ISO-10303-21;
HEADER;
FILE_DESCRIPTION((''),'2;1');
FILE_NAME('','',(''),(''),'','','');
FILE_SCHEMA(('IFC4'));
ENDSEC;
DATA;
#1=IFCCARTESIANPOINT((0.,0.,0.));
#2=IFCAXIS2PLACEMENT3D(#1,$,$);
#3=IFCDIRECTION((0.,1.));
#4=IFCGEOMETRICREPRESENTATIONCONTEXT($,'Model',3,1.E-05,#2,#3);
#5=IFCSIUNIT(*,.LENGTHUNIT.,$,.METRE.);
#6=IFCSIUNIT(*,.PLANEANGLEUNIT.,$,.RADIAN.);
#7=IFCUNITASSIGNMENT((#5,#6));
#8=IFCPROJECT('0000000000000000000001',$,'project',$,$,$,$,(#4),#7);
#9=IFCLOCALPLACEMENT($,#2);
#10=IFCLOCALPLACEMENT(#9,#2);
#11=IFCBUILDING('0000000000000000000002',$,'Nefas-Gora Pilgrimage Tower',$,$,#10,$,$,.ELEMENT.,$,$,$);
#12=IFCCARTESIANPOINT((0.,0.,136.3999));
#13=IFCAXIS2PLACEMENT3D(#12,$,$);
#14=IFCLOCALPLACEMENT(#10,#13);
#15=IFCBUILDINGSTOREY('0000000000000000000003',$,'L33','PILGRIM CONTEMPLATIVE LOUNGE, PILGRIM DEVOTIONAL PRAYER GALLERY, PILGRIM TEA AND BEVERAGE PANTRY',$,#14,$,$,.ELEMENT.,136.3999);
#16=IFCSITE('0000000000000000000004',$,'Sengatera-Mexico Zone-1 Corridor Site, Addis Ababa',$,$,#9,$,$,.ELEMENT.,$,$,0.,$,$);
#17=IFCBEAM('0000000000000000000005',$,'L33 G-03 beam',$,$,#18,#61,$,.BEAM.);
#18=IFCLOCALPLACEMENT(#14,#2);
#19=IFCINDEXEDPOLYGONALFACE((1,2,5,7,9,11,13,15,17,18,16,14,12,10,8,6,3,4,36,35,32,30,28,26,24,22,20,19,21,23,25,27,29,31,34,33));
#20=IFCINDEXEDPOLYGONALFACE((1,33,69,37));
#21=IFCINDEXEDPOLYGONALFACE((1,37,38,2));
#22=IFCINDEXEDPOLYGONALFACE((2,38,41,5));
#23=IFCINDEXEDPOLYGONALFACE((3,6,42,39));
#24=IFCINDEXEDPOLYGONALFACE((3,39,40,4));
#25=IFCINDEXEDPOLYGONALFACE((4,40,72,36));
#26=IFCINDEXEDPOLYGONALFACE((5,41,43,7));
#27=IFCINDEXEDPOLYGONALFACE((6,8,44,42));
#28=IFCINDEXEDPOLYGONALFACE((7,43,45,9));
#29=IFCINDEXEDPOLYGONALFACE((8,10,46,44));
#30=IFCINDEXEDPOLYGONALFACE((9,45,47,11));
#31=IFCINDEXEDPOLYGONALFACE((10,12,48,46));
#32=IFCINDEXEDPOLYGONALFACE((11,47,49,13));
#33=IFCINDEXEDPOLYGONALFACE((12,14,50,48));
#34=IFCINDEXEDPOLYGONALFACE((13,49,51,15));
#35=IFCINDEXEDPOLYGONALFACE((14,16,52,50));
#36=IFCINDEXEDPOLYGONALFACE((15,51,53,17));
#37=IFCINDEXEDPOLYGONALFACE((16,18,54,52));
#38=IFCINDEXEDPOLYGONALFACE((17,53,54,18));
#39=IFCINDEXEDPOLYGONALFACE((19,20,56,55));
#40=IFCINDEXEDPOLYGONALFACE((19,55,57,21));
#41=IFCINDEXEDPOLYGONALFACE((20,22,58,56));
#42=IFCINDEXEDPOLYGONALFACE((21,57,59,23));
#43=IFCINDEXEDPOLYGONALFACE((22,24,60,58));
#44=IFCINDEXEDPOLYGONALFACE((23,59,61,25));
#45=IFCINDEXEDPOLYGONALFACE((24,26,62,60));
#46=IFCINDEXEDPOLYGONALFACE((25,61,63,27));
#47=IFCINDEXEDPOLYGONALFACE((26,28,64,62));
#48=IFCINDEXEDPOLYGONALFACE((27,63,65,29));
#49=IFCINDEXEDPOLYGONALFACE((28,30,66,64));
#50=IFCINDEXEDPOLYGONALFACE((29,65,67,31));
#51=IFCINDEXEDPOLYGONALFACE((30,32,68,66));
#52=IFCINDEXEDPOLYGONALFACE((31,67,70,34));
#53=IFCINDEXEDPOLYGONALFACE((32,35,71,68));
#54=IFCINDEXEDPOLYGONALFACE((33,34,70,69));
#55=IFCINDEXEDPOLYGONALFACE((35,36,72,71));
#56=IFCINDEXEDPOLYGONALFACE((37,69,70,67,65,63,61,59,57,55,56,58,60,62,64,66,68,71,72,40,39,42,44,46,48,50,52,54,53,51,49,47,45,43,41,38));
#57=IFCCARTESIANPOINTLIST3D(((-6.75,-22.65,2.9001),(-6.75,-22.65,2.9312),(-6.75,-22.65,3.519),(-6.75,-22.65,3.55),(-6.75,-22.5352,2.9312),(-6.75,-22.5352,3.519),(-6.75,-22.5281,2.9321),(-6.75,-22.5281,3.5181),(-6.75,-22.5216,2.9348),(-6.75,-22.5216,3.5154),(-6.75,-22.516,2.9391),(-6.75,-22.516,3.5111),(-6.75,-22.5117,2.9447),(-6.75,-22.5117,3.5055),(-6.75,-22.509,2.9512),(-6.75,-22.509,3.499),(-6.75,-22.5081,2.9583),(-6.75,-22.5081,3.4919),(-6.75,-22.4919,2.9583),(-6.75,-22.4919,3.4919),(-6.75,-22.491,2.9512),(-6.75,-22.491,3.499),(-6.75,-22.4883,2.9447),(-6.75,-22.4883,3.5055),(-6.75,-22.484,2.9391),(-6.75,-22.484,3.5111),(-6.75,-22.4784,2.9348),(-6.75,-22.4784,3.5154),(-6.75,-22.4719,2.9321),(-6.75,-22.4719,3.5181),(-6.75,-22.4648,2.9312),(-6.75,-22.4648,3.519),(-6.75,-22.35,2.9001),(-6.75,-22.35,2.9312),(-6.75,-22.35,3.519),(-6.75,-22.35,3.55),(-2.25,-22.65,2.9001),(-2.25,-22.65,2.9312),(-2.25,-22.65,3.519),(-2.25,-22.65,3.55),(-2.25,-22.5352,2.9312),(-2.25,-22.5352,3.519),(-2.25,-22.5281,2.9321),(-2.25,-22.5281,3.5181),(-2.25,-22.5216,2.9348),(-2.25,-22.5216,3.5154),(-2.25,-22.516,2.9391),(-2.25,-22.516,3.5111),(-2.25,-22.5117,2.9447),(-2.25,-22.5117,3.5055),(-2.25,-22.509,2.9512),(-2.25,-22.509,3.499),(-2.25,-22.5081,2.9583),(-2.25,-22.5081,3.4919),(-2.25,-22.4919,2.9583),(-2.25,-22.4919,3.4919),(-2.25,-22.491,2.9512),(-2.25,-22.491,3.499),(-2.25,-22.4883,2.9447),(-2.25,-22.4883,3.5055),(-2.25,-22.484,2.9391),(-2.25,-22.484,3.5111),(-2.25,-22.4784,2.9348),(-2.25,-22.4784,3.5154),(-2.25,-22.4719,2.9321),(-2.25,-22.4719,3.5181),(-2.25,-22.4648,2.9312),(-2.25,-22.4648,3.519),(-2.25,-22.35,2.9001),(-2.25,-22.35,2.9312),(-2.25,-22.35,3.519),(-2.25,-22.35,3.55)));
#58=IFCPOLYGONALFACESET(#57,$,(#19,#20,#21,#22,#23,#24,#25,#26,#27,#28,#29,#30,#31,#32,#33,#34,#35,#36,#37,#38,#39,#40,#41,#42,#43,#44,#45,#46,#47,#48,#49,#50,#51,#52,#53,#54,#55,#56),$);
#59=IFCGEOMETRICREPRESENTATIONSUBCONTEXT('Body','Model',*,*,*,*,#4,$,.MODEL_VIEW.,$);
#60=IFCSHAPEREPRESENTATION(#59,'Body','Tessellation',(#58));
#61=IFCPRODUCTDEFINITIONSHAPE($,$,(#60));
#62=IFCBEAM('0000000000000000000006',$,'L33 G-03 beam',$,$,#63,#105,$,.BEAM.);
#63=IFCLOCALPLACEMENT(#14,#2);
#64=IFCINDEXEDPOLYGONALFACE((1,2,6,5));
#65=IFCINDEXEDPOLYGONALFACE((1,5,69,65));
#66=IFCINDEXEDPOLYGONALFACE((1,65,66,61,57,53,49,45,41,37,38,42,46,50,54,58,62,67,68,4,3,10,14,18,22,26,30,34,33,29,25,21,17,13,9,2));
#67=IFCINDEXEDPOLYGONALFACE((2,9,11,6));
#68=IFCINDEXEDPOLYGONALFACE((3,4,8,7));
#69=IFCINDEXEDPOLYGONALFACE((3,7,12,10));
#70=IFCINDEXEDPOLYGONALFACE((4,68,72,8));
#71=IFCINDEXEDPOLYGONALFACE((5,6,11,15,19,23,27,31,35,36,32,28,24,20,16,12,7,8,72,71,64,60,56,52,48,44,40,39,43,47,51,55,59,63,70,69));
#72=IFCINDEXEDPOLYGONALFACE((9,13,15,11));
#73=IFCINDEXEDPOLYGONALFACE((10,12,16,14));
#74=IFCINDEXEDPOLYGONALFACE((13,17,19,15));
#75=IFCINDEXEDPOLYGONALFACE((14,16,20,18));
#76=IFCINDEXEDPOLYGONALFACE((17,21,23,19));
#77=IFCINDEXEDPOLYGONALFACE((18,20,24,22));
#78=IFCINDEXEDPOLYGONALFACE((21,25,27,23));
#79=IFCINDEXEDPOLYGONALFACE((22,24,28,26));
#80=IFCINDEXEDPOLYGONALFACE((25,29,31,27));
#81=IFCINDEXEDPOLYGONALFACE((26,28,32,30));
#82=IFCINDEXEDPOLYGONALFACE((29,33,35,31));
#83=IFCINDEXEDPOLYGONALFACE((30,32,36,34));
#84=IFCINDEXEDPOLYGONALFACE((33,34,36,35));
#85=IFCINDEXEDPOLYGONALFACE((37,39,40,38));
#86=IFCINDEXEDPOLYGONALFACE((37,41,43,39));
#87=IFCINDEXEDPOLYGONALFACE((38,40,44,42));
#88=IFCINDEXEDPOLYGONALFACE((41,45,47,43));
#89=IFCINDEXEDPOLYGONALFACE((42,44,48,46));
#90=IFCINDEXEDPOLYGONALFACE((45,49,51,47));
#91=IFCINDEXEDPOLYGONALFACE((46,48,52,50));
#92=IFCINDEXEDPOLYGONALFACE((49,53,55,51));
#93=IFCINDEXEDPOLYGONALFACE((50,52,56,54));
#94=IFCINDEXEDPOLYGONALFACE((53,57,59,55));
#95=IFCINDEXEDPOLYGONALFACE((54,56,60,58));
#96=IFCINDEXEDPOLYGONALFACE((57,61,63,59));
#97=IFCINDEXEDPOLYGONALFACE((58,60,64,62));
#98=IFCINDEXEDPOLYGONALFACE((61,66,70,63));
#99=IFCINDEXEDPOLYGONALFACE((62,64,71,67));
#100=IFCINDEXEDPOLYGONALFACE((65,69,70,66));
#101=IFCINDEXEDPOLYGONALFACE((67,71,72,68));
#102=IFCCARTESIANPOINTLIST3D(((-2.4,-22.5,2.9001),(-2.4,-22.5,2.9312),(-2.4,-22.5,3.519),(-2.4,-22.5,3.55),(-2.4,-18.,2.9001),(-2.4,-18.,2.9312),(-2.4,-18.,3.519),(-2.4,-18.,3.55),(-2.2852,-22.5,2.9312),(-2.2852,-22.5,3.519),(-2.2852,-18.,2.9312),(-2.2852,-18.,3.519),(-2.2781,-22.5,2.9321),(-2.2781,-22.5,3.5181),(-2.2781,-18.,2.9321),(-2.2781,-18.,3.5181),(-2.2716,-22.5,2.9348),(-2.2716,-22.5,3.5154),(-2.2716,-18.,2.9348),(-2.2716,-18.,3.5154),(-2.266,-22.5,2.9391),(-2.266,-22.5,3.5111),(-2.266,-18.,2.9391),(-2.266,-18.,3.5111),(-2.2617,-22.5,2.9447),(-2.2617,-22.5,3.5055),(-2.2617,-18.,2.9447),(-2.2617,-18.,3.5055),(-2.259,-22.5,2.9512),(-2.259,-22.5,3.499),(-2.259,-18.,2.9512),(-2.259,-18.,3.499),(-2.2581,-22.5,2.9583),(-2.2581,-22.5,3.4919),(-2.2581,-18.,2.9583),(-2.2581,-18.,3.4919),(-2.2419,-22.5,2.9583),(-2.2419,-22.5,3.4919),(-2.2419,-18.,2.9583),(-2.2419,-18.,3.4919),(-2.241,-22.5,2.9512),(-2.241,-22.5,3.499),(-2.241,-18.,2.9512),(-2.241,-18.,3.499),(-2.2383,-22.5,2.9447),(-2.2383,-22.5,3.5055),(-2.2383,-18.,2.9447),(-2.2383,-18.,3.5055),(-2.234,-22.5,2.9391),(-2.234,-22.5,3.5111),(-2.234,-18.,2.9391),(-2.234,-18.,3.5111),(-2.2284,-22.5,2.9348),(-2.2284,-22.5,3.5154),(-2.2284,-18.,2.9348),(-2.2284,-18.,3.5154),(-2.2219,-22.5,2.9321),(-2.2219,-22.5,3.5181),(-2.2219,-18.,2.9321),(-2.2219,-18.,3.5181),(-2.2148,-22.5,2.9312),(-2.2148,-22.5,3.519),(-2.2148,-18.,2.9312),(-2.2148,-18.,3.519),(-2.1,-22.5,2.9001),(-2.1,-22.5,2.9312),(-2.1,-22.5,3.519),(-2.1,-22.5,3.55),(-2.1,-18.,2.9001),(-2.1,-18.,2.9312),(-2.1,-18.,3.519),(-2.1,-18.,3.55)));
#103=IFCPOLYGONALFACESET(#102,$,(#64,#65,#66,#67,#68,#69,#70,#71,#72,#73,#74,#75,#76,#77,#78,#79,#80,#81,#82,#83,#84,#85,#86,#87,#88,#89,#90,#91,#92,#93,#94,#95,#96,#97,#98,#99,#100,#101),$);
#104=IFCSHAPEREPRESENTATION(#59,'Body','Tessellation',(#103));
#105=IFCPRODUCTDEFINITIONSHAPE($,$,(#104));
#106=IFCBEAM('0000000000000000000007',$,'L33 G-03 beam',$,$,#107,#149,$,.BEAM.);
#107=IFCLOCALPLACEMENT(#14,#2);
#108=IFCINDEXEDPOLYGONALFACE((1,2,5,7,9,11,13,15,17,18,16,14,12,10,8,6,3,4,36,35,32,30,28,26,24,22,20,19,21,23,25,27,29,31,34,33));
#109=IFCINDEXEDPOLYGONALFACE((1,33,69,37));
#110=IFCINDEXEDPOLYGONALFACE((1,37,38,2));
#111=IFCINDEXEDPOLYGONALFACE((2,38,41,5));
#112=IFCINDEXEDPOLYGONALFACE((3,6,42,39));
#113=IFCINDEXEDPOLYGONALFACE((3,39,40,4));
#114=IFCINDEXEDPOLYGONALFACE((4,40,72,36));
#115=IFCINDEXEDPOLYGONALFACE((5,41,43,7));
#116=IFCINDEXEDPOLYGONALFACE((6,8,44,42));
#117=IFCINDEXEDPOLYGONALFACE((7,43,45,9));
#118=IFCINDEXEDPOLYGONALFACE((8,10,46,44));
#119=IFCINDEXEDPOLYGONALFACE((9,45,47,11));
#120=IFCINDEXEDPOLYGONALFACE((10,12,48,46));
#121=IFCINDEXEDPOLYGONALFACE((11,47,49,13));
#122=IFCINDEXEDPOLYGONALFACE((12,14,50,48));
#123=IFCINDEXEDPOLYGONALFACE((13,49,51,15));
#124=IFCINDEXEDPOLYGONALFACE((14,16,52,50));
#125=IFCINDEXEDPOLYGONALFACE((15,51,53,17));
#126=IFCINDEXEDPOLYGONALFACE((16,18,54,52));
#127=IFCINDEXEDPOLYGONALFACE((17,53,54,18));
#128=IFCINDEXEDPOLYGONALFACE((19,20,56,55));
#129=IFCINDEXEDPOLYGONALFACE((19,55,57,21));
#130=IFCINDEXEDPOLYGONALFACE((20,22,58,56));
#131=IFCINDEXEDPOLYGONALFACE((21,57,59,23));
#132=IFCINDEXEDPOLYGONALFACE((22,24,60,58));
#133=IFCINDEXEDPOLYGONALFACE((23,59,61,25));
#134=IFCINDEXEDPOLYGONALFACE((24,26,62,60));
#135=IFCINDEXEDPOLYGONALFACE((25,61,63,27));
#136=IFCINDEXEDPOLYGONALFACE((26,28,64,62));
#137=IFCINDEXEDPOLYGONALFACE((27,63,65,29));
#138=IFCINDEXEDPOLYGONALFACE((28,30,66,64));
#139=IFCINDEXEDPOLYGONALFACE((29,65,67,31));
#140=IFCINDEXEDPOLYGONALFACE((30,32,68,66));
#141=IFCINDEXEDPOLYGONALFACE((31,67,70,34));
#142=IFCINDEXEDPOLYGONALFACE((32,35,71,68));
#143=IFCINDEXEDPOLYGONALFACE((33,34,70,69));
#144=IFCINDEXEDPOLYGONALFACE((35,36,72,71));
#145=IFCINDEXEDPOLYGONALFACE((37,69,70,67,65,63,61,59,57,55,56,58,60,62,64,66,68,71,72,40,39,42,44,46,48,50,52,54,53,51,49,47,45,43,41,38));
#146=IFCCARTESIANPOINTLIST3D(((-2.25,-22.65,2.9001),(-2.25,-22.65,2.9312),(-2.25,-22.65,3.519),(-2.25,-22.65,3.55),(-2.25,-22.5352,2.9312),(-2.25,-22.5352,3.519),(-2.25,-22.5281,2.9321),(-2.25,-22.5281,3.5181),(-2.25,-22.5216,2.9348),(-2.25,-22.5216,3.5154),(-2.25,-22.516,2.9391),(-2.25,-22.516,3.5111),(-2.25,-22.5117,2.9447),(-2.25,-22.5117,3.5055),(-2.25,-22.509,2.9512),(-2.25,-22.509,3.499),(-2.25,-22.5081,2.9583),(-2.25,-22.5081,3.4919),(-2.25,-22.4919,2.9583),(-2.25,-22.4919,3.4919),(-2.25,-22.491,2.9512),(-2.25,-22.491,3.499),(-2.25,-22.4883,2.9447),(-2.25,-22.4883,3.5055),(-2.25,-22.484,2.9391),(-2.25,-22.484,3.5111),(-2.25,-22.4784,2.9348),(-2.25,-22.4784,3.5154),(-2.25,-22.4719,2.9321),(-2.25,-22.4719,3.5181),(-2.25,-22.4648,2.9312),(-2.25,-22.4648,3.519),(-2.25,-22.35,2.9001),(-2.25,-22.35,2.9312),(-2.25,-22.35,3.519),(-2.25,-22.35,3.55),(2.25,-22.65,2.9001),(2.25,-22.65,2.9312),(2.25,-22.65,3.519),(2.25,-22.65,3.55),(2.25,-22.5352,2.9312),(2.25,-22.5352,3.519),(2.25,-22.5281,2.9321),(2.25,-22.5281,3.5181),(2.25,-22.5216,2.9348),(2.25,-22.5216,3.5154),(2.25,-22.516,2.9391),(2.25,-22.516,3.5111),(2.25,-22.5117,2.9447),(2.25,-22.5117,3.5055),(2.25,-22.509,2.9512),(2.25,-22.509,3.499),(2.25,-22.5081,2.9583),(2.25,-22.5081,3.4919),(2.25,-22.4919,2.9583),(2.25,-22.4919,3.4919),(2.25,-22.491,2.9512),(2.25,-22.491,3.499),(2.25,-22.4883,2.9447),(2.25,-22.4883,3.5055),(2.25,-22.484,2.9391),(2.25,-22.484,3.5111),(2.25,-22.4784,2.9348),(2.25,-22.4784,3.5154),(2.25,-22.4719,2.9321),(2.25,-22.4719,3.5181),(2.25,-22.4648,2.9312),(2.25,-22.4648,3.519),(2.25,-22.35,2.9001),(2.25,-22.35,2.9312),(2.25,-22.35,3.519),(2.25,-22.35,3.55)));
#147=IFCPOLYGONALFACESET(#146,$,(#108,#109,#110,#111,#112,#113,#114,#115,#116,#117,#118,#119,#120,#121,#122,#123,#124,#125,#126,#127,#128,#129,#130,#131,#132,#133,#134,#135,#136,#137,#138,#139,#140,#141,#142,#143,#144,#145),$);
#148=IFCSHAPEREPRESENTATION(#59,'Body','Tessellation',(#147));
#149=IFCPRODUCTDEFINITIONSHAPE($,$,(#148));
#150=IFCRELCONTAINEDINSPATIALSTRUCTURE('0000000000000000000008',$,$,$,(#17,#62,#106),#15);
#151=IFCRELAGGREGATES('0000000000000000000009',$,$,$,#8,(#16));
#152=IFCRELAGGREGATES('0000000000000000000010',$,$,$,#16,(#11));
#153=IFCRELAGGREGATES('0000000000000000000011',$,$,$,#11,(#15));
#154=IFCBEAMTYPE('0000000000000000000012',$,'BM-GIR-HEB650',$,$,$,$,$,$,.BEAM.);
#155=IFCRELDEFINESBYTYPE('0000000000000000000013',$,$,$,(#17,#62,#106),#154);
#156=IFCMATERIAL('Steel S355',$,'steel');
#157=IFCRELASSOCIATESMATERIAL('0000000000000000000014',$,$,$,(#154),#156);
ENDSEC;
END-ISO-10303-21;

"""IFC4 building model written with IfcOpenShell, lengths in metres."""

from ifc_helpers import new_model, si_unit, direction, frame, origin, origin_2d, place, context, subcontext, project, spatial, i_section, extrude, source, transform, mapped, material, material_profile, profile_set, type_object, element, save


model = new_model("IFC4")

# Units and contexts
model_context = context("Model", 3, precision=1e-05, world=origin(), true_north=direction((0.0, 1.0)))
body_context = subcontext(model_context, "Body", "Model", "MODEL_VIEW")
ifc_project = project(units=[si_unit("LENGTHUNIT", "METRE"), si_unit("PLANEANGLEUNIT", "RADIAN")], contexts=[model_context])

# Site, building, storey
site_placement = place(None, origin())
site = spatial("IfcSite", under=ifc_project, at=site_placement, Name="Sengatera-Mexico Zone-1 Corridor Site, Addis Ababa", CompositionType="ELEMENT", RefElevation=0.0)
building_placement = place(site_placement, origin())
building = spatial("IfcBuilding", under=site, at=building_placement, Name="Nefas-Gora Pilgrimage Tower", CompositionType="ELEMENT")
storey_placement = place(building_placement, frame((0.0, 0.0, 136.3999)))
storey = spatial("IfcBuildingStorey", under=building, at=storey_placement, Name="L33", Description="PILGRIM CONTEMPLATIVE LOUNGE, PILGRIM DEVOTIONAL PRAYER GALLERY, PILGRIM TEA AND BEVERAGE PANTRY", CompositionType="ELEMENT", Elevation=136.3999)

# Beams
ifc_material_1 = material(Name="Steel S355", Category="steel")
ifc_material_profile_1 = material_profile(ifc_material_1, i_section(OverallWidth=0.3, OverallDepth=0.6499, WebThickness=0.0161, FlangeThickness=0.031, FilletRadius=0.0271, at=origin_2d()), Name="HEB 650")
ifc_profile_set_1 = profile_set([ifc_material_profile_1], Name="Steel S355")
beam_type = type_object("IfcBeamType", Name="BM-GIR-HEB650", PredefinedType="BEAM", material=ifc_profile_set_1)
shared_shape_1 = source(origin(), body_context, "Body", "SweptSolid", [
    extrude(i_section(OverallWidth=0.3, OverallDepth=0.6499, WebThickness=0.0161, FlangeThickness=0.031, FilletRadius=0.0271, at=origin_2d()), origin(), (0.0, 0.0, 1.0), 4.5),
])
for number, where, z_axis, x_axis, name in (
    (1, (-6.75, -22.5, 3.2251), (1.0, 0.0, 0.0), (0.0, 1.0, 0.0), "L33 G-03 beam"),
    (2, (-2.25, -22.5, 3.2251), (0.0, 1.0, 0.0), (-1.0, 0.0, 0.0), "L33 G-03 beam"),
    (3, (-2.25, -22.5, 3.2251), (1.0, 0.0, 0.0), (0.0, 1.0, 0.0), "L33 G-03 beam"),
):
    element("IfcBeam", number, at=place(storey_placement, frame(where, z_axis=z_axis, x_axis=x_axis)), inside=storey, type_object=beam_type, Name=name, PredefinedType="BEAM", context=body_context, shape_type="MappedRepresentation", body=[
        mapped(shared_shape_1, transform((0.0, 0.0, 0.0), x_axis=(1.0, 0.0, 0.0), y_axis=(0.0, 1.0, 0.0), z_axis=(0.0, 0.0, 1.0), scale=1.0)),
    ])

save(model, "model.ifc")
